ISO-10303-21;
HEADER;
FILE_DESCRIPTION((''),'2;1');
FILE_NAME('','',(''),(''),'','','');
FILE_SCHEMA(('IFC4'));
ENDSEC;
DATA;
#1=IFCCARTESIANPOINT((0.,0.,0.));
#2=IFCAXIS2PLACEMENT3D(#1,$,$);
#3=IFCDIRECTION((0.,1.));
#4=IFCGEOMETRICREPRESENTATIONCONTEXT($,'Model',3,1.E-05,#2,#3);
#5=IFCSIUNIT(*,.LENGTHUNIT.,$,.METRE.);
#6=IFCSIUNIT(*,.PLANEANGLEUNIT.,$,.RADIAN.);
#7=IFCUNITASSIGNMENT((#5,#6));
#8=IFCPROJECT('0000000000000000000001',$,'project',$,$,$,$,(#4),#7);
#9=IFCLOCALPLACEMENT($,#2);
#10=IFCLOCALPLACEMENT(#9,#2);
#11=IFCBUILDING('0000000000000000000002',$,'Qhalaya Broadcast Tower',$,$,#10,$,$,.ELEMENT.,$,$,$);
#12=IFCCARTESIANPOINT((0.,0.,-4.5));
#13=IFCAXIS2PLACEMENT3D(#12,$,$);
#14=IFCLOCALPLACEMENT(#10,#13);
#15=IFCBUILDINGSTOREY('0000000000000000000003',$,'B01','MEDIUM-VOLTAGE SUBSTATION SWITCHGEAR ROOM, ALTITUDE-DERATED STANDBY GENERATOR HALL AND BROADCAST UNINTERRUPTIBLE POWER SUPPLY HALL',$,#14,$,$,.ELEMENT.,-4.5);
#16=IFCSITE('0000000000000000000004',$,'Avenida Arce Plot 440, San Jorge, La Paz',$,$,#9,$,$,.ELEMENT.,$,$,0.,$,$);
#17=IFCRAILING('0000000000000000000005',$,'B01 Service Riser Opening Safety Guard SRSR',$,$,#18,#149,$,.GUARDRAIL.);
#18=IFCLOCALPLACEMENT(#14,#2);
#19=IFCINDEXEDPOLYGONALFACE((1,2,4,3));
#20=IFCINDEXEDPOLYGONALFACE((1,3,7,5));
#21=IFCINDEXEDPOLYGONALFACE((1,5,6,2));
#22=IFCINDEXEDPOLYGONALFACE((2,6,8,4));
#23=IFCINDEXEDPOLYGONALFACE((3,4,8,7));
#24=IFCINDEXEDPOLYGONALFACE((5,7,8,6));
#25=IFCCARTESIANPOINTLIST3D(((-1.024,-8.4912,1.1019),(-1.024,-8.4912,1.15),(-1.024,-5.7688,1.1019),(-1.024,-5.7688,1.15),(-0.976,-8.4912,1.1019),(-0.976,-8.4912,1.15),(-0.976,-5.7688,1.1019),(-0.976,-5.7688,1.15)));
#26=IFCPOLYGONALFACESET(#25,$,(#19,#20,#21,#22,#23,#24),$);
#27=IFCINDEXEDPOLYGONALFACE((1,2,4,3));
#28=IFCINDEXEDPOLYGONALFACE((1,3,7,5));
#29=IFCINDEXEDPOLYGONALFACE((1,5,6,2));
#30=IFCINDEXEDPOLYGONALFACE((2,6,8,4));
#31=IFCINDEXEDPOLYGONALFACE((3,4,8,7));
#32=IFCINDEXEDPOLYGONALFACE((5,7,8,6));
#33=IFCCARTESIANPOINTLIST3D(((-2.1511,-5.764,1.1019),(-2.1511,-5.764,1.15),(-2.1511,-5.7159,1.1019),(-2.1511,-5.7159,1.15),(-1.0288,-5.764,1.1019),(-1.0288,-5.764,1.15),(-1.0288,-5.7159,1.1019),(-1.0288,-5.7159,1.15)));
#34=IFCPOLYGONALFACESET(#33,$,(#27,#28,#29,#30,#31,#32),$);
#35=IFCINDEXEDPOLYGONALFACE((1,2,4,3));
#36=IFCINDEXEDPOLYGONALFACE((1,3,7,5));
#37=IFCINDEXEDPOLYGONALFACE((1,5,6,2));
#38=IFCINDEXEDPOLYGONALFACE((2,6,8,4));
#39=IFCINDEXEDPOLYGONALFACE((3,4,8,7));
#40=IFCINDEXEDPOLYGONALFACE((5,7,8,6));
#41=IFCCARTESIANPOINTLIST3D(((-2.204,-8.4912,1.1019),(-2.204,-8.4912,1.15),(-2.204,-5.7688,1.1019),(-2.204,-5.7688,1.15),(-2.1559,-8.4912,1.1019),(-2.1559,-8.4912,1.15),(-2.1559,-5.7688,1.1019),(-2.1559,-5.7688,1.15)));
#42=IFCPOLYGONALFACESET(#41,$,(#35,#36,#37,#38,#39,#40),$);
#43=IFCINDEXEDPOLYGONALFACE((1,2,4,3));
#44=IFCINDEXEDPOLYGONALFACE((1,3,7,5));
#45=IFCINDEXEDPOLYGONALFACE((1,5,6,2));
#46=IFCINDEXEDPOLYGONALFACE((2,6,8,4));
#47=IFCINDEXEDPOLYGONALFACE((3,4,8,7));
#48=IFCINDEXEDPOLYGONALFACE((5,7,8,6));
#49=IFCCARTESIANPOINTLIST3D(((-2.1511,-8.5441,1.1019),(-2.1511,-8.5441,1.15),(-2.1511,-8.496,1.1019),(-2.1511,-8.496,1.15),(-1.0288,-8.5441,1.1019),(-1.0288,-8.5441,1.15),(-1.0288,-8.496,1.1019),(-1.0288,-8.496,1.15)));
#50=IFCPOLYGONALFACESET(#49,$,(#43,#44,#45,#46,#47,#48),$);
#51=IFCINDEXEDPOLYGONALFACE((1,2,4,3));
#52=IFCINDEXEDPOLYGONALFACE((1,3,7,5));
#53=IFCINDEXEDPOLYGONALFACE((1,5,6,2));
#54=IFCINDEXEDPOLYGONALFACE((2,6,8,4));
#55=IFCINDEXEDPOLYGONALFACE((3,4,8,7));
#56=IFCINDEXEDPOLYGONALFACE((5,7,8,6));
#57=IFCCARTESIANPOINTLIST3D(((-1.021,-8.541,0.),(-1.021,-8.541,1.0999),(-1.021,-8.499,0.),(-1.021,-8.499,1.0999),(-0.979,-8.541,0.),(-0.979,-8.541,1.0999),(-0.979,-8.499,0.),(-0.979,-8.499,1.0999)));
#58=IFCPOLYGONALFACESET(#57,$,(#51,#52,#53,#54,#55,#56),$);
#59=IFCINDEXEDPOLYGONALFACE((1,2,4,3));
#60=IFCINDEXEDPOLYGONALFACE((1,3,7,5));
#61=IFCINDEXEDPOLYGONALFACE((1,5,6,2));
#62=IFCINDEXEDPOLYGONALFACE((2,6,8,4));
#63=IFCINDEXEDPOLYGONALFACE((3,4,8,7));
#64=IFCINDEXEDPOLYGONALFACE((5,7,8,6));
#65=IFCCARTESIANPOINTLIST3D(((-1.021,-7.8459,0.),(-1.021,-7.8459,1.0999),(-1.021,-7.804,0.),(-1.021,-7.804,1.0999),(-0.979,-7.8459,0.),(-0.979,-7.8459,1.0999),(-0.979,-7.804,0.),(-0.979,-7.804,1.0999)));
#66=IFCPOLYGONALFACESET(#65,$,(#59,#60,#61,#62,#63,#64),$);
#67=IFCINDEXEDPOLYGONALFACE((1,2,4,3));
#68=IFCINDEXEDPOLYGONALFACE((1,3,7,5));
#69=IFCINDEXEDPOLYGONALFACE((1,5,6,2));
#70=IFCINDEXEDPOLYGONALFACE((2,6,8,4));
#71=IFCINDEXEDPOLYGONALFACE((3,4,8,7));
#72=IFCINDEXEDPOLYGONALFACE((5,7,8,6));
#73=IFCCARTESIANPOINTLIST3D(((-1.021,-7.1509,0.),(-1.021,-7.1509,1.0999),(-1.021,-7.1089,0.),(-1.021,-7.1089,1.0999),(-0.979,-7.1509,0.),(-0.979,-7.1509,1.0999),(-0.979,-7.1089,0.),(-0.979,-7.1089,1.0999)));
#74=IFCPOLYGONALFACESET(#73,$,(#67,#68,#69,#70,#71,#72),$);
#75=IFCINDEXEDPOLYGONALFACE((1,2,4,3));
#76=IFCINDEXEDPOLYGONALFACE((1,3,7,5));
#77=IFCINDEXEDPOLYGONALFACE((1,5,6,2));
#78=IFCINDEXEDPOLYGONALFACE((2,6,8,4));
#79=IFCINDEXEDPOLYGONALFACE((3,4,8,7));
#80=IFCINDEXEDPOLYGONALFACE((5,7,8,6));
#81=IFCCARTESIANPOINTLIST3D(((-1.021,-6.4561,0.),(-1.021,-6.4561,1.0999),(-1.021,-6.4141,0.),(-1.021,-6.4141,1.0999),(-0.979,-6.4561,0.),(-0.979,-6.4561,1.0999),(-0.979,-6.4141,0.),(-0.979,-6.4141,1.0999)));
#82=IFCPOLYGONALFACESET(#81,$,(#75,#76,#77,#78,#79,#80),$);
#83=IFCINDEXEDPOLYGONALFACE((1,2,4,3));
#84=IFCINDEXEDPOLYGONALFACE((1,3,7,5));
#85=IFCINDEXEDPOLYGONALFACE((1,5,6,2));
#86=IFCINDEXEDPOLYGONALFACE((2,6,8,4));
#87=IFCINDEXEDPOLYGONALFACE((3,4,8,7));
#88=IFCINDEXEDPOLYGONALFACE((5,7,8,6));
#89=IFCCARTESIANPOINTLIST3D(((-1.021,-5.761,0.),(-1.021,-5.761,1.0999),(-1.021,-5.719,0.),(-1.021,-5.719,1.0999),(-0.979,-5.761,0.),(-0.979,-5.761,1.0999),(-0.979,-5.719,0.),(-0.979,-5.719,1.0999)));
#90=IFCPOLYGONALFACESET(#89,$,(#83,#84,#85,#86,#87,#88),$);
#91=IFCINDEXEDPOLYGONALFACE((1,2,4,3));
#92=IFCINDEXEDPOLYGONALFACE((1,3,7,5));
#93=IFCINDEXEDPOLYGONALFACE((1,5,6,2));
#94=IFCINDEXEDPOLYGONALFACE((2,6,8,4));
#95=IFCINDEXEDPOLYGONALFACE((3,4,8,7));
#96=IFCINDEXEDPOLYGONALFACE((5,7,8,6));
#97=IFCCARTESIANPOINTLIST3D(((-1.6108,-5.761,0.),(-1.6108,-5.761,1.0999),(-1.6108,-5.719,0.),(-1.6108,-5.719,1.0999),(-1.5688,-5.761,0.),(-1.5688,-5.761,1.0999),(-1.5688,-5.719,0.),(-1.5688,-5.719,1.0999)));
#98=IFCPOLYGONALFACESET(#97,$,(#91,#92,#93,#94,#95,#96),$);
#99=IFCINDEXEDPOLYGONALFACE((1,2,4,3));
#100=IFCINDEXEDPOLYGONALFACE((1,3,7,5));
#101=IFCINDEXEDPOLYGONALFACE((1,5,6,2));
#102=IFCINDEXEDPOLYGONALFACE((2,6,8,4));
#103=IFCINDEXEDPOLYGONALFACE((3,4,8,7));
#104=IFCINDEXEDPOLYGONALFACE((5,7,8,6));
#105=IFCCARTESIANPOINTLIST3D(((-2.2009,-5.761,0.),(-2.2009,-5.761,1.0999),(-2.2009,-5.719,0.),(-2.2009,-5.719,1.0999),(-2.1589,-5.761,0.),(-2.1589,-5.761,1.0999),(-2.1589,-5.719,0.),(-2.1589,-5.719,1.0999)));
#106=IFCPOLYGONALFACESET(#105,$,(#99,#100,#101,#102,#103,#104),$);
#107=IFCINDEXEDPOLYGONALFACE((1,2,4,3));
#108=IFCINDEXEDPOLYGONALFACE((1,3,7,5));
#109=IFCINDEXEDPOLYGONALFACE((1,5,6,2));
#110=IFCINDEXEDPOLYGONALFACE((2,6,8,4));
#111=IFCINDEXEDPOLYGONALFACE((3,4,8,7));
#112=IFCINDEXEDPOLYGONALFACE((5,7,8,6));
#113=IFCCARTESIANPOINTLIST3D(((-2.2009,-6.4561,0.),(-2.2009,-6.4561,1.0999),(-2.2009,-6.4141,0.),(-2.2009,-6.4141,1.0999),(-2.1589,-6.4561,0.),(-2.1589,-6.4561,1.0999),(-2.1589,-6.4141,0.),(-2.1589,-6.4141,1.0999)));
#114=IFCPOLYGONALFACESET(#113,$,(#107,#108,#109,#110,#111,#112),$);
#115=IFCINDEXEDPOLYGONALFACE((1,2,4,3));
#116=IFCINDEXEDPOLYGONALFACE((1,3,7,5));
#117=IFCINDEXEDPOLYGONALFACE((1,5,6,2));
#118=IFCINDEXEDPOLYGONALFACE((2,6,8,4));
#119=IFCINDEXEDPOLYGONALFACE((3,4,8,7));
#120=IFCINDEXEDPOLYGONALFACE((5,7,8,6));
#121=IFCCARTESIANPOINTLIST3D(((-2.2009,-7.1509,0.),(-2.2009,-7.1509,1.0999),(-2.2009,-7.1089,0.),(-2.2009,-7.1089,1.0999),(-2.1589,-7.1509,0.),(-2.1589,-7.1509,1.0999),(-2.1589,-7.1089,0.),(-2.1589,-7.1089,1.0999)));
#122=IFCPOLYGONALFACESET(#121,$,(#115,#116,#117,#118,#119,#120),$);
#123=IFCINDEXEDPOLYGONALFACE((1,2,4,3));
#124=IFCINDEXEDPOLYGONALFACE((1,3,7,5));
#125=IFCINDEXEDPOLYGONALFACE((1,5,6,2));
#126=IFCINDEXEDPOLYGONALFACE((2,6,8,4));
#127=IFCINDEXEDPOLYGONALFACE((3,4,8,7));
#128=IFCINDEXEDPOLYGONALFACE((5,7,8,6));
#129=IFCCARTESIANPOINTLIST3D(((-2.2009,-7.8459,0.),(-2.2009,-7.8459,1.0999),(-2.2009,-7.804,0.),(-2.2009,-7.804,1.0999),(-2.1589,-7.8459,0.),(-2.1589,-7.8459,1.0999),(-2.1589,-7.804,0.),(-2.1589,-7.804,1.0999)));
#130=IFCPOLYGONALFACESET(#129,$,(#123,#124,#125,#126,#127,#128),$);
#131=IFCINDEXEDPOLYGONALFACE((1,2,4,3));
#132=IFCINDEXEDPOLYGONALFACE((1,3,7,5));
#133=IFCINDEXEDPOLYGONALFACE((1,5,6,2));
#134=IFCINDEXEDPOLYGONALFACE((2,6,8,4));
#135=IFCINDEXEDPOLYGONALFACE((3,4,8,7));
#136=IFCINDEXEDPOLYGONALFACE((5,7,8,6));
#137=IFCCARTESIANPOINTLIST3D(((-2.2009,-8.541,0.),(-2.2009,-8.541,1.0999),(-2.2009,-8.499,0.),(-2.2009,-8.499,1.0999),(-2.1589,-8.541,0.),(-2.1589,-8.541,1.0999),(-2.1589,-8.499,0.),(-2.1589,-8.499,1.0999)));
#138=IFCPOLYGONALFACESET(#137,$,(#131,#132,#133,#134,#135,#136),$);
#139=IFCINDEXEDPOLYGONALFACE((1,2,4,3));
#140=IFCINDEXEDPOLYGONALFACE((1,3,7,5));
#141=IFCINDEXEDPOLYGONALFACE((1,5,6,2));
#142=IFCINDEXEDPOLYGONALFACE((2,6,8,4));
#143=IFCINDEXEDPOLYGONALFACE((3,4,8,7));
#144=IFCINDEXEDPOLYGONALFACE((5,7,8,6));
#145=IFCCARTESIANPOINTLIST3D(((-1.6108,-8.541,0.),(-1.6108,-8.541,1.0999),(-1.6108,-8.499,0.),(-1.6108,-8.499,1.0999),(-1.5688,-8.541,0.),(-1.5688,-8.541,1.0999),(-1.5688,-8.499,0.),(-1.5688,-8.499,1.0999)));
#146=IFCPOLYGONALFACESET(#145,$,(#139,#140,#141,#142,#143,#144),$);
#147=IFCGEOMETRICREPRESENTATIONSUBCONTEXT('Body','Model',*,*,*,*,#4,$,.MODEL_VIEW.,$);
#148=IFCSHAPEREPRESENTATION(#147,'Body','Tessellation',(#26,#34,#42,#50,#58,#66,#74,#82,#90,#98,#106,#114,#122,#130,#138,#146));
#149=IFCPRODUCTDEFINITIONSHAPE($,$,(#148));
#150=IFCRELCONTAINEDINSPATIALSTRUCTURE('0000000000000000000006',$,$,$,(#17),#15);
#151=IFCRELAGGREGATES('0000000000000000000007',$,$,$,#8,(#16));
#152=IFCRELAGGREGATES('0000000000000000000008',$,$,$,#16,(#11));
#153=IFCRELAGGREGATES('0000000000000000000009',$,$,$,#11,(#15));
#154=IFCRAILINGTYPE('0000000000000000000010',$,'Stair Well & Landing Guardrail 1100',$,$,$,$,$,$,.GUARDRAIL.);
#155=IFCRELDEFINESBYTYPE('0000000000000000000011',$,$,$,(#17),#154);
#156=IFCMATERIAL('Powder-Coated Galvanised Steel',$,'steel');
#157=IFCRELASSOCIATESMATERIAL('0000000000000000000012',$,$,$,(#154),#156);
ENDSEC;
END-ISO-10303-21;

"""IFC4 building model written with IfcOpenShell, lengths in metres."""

from ifc_helpers import new_model, si_unit, direction, frame, origin, origin_2d, place, context, subcontext, project, spatial, rectangle, extrude, material, type_object, element, save


model = new_model("IFC4")

# Units and contexts
model_context = context("Model", 3, precision=1e-05, world=origin(), true_north=direction((0.0, 1.0)))
body_context = subcontext(model_context, "Body", "Model", "MODEL_VIEW")
ifc_project = project(units=[si_unit("LENGTHUNIT", "METRE"), si_unit("PLANEANGLEUNIT", "RADIAN")], contexts=[model_context])

# Site, building, storey
site_placement = place(None, origin())
site = spatial("IfcSite", under=ifc_project, at=site_placement, Name="Avenida Arce Plot 440, San Jorge, La Paz", CompositionType="ELEMENT", RefElevation=0.0)
building_placement = place(site_placement, origin())
building = spatial("IfcBuilding", under=site, at=building_placement, Name="Qhalaya Broadcast Tower", CompositionType="ELEMENT")
storey_placement = place(building_placement, frame((0.0, 0.0, -4.5)))
storey = spatial("IfcBuildingStorey", under=building, at=storey_placement, Name="B01", Description="MEDIUM-VOLTAGE SUBSTATION SWITCHGEAR ROOM, ALTITUDE-DERATED STANDBY GENERATOR HALL AND BROADCAST UNINTERRUPTIBLE POWER SUPPLY HALL", CompositionType="ELEMENT", Elevation=-4.5)

# Railing
ifc_material_1 = material(Name="Powder-Coated Galvanised Steel", Category="steel")
railing_type = type_object("IfcRailingType", Name="Stair Well & Landing Guardrail 1100", PredefinedType="GUARDRAIL", material=ifc_material_1)
railing_placement = place(storey_placement, frame((-1.0, -8.52, 0.0)))
element("IfcRailing", 1, at=railing_placement, inside=storey, type_object=railing_type, Name="B01 Service Riser Opening Safety Guard SRSR", PredefinedType="GUARDRAIL", context=body_context, shape_type="SweptSolid", body=[
    extrude(rectangle(XDim=0.0481, YDim=0.0481, at=origin_2d()), frame((0.0, 0.0288, 1.126), z_axis=(0.0, 1.0, 0.0), x_axis=(-1.0, 0.0, 0.0)), (0.0, 0.0, 1.0), 2.7224),
    extrude(rectangle(XDim=0.0481, YDim=0.0481, at=origin_2d()), frame((-0.0288, 2.78, 1.126), z_axis=(-1.0, 0.0, 0.0), x_axis=(0.0, -1.0, 0.0)), (0.0, 0.0, 1.0), 1.1223),
    extrude(rectangle(XDim=0.0481, YDim=0.0481, at=origin_2d()), frame((-1.1799, 2.7512, 1.126), z_axis=(0.0, -1.0, 0.0), x_axis=(1.0, 0.0, 0.0)), (0.0, 0.0, 1.0), 2.7224),
    extrude(rectangle(XDim=0.0481, YDim=0.0481, at=origin_2d()), frame((-1.1511, 0.0, 1.126), z_axis=(1.0, 0.0, 0.0), x_axis=(0.0, 1.0, 0.0)), (0.0, 0.0, 1.0), 1.1223),
    extrude(rectangle(XDim=0.042, YDim=0.042, at=origin_2d()), origin(), (0.0, 0.0, 1.0), 1.0999),
    extrude(rectangle(XDim=0.042, YDim=0.042, at=origin_2d()), frame((0.0, 0.6951, 0.0)), (0.0, 0.0, 1.0), 1.0999),
    extrude(rectangle(XDim=0.042, YDim=0.042, at=origin_2d()), frame((0.0, 1.3901, 0.0)), (0.0, 0.0, 1.0), 1.0999),
    extrude(rectangle(XDim=0.042, YDim=0.042, at=origin_2d()), frame((0.0, 2.085, 0.0)), (0.0, 0.0, 1.0), 1.0999),
    extrude(rectangle(XDim=0.042, YDim=0.042, at=origin_2d()), frame((0.0, 2.78, 0.0)), (0.0, 0.0, 1.0), 1.0999),
    extrude(rectangle(XDim=0.042, YDim=0.042, at=origin_2d()), frame((-0.5898, 2.78, 0.0)), (0.0, 0.0, 1.0), 1.0999),
    extrude(rectangle(XDim=0.042, YDim=0.042, at=origin_2d()), frame((-1.1799, 2.78, 0.0)), (0.0, 0.0, 1.0), 1.0999),
    extrude(rectangle(XDim=0.042, YDim=0.042, at=origin_2d()), frame((-1.1799, 2.085, 0.0)), (0.0, 0.0, 1.0), 1.0999),
    extrude(rectangle(XDim=0.042, YDim=0.042, at=origin_2d()), frame((-1.1799, 1.3901, 0.0)), (0.0, 0.0, 1.0), 1.0999),
    extrude(rectangle(XDim=0.042, YDim=0.042, at=origin_2d()), frame((-1.1799, 0.6951, 0.0)), (0.0, 0.0, 1.0), 1.0999),
    extrude(rectangle(XDim=0.042, YDim=0.042, at=origin_2d()), frame((-1.1799, 0.0, 0.0)), (0.0, 0.0, 1.0), 1.0999),
    extrude(rectangle(XDim=0.042, YDim=0.042, at=origin_2d()), frame((-0.5898, 0.0, 0.0)), (0.0, 0.0, 1.0), 1.0999),
])

save(model, "model.ifc")
